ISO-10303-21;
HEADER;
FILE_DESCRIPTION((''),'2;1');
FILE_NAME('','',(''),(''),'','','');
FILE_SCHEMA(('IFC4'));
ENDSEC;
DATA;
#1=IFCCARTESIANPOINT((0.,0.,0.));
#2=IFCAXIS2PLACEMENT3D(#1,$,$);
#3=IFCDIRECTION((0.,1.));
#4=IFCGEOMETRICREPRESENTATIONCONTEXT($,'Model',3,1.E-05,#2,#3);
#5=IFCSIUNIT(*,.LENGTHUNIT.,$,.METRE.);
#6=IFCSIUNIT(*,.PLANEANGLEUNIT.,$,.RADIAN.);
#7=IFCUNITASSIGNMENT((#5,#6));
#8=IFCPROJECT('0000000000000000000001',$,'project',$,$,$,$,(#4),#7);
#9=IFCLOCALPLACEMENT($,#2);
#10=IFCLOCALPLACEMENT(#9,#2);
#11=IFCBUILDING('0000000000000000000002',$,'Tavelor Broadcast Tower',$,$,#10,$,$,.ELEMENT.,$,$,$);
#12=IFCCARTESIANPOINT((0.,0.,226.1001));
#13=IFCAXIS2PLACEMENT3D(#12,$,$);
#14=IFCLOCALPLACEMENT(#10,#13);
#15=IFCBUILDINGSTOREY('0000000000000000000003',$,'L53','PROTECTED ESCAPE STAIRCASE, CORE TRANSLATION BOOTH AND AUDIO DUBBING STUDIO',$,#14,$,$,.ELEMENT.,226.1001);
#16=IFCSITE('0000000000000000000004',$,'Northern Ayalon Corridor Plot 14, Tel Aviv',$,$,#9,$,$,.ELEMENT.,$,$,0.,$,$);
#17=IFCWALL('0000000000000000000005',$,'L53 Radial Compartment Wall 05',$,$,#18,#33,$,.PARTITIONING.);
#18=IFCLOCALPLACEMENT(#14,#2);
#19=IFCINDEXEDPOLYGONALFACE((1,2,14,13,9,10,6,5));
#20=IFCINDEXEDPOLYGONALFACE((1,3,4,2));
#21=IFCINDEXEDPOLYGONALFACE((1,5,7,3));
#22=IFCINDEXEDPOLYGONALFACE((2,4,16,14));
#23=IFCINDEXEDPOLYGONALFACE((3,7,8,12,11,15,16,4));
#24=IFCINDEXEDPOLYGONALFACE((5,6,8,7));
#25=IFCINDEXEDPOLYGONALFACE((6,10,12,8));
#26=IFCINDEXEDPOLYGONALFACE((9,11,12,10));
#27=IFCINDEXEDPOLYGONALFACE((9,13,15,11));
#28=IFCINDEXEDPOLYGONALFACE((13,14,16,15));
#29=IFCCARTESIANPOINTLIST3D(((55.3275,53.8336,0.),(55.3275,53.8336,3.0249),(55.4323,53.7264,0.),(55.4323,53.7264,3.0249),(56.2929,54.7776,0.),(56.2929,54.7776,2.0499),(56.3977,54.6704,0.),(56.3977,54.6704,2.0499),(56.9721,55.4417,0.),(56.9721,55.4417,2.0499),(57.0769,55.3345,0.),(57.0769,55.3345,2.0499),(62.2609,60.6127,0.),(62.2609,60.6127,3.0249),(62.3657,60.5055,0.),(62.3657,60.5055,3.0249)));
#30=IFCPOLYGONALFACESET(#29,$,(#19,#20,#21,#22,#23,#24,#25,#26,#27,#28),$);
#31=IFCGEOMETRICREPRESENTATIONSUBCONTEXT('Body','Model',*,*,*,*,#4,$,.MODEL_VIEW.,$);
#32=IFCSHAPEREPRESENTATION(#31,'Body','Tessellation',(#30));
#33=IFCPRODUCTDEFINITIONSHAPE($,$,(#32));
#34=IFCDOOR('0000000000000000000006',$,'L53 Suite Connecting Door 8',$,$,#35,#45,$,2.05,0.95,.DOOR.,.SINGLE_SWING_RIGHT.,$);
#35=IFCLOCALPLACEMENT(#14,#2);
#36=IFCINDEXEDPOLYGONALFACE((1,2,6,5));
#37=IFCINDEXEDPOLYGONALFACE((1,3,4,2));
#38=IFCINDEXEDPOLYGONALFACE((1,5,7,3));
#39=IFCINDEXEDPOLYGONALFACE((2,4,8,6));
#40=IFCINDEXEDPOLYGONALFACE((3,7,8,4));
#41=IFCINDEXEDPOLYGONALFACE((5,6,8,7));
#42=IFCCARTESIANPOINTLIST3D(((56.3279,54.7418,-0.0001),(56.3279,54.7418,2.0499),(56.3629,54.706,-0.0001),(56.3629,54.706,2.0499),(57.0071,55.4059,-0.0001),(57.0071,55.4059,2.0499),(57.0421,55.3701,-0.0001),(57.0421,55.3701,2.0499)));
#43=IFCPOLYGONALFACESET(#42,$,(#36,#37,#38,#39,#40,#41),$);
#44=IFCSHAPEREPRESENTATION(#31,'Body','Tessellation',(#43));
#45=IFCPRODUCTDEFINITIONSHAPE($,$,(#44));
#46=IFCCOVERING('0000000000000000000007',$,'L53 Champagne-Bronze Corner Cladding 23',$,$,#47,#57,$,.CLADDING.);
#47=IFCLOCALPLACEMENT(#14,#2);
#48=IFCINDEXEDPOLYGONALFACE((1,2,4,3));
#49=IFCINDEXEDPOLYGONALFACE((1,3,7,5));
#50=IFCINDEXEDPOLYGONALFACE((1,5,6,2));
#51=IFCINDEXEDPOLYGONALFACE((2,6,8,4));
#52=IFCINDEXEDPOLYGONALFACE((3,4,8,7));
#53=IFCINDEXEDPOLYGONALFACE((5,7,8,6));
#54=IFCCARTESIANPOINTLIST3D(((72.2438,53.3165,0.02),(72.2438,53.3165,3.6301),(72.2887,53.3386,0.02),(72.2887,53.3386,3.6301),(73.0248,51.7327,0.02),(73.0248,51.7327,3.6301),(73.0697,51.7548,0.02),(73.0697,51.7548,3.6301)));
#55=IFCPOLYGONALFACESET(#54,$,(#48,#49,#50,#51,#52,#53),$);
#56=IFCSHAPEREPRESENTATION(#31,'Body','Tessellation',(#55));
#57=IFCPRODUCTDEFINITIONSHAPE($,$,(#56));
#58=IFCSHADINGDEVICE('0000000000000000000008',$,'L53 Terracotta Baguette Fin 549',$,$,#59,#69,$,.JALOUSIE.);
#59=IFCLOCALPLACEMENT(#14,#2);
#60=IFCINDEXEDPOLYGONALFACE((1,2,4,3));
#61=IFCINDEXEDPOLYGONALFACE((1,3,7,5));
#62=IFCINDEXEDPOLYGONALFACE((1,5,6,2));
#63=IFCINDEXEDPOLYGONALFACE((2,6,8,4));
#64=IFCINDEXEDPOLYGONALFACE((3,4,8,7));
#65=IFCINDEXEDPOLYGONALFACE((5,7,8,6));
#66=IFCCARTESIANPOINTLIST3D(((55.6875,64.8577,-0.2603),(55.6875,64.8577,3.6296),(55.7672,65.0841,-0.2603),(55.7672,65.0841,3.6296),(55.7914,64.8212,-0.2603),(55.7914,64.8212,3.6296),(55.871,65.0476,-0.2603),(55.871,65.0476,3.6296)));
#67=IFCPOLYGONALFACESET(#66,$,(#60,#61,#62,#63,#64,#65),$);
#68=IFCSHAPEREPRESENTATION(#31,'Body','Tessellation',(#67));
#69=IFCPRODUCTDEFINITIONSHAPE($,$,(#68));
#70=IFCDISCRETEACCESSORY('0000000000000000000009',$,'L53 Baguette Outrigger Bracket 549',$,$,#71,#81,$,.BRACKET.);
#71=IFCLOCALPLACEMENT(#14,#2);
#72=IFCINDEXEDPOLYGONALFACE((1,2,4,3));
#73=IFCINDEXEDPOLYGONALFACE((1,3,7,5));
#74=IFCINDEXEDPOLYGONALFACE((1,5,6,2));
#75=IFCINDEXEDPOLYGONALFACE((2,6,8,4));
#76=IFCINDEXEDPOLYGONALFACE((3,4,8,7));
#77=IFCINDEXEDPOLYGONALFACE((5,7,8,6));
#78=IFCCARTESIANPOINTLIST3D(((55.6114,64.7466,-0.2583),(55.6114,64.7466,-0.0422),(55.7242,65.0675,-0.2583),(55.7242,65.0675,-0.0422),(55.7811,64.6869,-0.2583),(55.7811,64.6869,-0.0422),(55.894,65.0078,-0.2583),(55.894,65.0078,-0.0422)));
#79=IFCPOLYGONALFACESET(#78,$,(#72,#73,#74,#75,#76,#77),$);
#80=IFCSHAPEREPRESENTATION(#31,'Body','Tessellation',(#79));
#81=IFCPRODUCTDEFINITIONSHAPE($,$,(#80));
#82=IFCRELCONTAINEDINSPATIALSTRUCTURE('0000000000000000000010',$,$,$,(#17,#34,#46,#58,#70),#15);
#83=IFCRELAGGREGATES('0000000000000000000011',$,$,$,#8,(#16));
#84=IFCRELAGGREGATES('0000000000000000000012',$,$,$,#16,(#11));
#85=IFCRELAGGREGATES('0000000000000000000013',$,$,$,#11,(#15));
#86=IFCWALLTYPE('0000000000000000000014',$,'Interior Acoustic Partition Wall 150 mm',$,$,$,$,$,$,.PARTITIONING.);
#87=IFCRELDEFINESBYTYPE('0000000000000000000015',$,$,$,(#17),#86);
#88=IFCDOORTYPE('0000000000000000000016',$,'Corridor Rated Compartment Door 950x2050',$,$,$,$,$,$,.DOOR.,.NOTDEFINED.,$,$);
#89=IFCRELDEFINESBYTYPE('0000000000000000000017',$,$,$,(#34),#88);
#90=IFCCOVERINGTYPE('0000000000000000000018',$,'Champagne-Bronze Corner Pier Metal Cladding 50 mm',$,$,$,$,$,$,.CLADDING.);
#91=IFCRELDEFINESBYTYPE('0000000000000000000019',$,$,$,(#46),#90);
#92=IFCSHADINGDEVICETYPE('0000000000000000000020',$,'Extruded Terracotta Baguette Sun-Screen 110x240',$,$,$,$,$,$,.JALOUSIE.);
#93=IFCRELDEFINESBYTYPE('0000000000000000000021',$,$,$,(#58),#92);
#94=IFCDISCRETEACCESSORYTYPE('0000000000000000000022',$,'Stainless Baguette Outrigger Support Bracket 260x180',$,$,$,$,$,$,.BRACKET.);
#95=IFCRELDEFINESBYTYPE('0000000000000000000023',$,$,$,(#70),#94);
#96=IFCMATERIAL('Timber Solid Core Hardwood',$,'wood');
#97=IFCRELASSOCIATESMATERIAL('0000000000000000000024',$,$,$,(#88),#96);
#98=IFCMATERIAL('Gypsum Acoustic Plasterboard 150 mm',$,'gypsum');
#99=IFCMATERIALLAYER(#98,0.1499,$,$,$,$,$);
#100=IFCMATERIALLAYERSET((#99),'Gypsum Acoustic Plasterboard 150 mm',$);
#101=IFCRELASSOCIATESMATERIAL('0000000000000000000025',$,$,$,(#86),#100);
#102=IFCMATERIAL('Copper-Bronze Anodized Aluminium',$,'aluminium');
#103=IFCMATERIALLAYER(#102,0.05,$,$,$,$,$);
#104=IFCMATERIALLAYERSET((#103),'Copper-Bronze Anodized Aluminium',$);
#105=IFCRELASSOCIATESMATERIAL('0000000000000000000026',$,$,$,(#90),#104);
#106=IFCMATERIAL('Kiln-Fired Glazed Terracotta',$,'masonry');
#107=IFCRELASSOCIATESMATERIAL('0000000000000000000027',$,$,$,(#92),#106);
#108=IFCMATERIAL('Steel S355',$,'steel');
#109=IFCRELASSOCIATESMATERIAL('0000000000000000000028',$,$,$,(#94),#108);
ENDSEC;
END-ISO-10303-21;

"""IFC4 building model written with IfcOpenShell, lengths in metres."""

from ifc_helpers import new_model, si_unit, direction, frame, frame_2d, origin, origin_2d, place, context, subcontext, project, spatial, rectangle, extrude, source, transform, mapped, material, layer, layer_set, type_object, type_shapes, element, fill, save


model = new_model("IFC4")

# Units and contexts
model_context = context("Model", 3, precision=1e-05, world=origin(), true_north=direction((0.0, 1.0)))
body_context = subcontext(model_context, "Body", "Model", "MODEL_VIEW")
ifc_project = project(units=[si_unit("LENGTHUNIT", "METRE"), si_unit("PLANEANGLEUNIT", "RADIAN")], contexts=[model_context])

# Site, building, storey
site_placement = place(None, origin())
site = spatial("IfcSite", under=ifc_project, at=site_placement, Name="Northern Ayalon Corridor Plot 14, Tel Aviv", CompositionType="ELEMENT", RefElevation=0.0)
building_placement = place(site_placement, origin())
building = spatial("IfcBuilding", under=site, at=building_placement, Name="Tavelor Broadcast Tower", CompositionType="ELEMENT")
storey_placement = place(building_placement, frame((0.0, 0.0, 226.1001)))
storey = spatial("IfcBuildingStorey", under=building, at=storey_placement, Name="L53", Description="PROTECTED ESCAPE STAIRCASE, CORE TRANSLATION BOOTH AND AUDIO DUBBING STUDIO", CompositionType="ELEMENT", Elevation=226.1001)

# Shared definitions
ifc_material_1 = material(Name="Steel S355", Category="steel")

# Shared definitions
ifc_material_2 = material(Name="Timber Solid Core Hardwood", Category="wood")
door_type = type_object("IfcDoorType", Name="Corridor Rated Compartment Door 950x2050", OperationType="NOTDEFINED", PredefinedType="DOOR", material=ifc_material_2)

# Shared definitions
ifc_material_3 = material(Name="Gypsum Acoustic Plasterboard 150 mm", Category="gypsum")
ifc_layer_1 = layer(ifc_material_3, 0.1499)
ifc_layer_set_1 = layer_set([ifc_layer_1], Name="Gypsum Acoustic Plasterboard 150 mm")
wall_type_1 = type_object("IfcWallType", Name="Interior Acoustic Partition Wall 150 mm", PredefinedType="PARTITIONING", material=ifc_layer_set_1)

# Wall, opening, door
wall_1_placement = place(storey_placement, frame((55.3799, 53.78, 0.0), z_axis=(0.0, 0.0, 1.0), x_axis=(0.715018, 0.699106, 0.0)))
wall_1 = element("IfcWall", 1, at=wall_1_placement, inside=storey, type_object=wall_type_1, Name="L53 Radial Compartment Wall 05", PredefinedType="PARTITIONING", context=body_context, shape_type="SweptSolid", body=[
    extrude(rectangle(XDim=9.6968, YDim=0.1499, at=frame_2d((4.8484, 0.0))), origin(), (0.0, 0.0, 1.0), 3.0249),
])
opening_1_placement = place(wall_1_placement, frame((1.3501, 0.0, 0.0)))
opening_1 = element("IfcOpeningElement", 2, at=opening_1_placement, cuts=wall_1, PredefinedType="OPENING", context=body_context, shape_type="SweptSolid", body=[
    extrude(rectangle(XDim=0.95, YDim=2.05, at=frame_2d((0.4751, 1.0249))), frame((0.0, 0.085, 0.0), z_axis=(0.0, -1.0, 0.0), x_axis=(1.0, 0.0, 0.0)), (0.0, 0.0, 1.0), 0.1699),
])
door_1_placement = place(opening_1_placement, origin())
door_1 = element("IfcDoor", 3, at=door_1_placement, inside=storey, type_object=door_type, Name="L53 Suite Connecting Door 8", OperationType="SINGLE_SWING_RIGHT", OverallHeight=2.05, OverallWidth=0.95, PredefinedType="DOOR", context=body_context, shape_type="SweptSolid", body=[
    extrude(rectangle(XDim=0.95, YDim=2.05, at=frame_2d((0.4751, 1.0249))), frame((0.0, 0.0249, 0.0), z_axis=(0.0, -1.0, 0.0), x_axis=(1.0, 0.0, 0.0)), (0.0, 0.0, 1.0), 0.05),
])
fill(opening_1, door_1)

# Covering
ifc_material_4 = material(Name="Copper-Bronze Anodized Aluminium", Category="aluminium")
ifc_layer_2 = layer(ifc_material_4, 0.05)
ifc_layer_set_2 = layer_set([ifc_layer_2], Name="Copper-Bronze Anodized Aluminium")
covering_type = type_object("IfcCoveringType", Name="Champagne-Bronze Corner Pier Metal Cladding 50 mm", PredefinedType="CLADDING", material=ifc_layer_set_2)
covering_placement = place(storey_placement, frame((72.6567, 52.5356, 0.02), z_axis=(0.0, 0.0, 1.0), x_axis=(-0.442289, 0.896873, 0.0)))
element("IfcCovering", 4, at=covering_placement, inside=storey, type_object=covering_type, Name="L53 Champagne-Bronze Corner Cladding 23", PredefinedType="CLADDING", context=body_context, shape_type="SweptSolid", body=[
    extrude(rectangle(XDim=1.7659, YDim=0.05, at=origin_2d()), origin(), (0.0, 0.0, 1.0), 3.6101),
])

# Shading device
ifc_material_5 = material(Name="Kiln-Fired Glazed Terracotta", Category="masonry")
shading_device_type = type_object("IfcShadingDeviceType", Name="Extruded Terracotta Baguette Sun-Screen 110x240", PredefinedType="JALOUSIE", material=ifc_material_5)
shared_shape_1 = source(origin(), body_context, "Body", "SweptSolid", [
    extrude(rectangle(XDim=0.1101, YDim=0.24, at=origin_2d()), origin(), (0.0, 0.0, 1.0), 3.8899),
])
type_shapes(shading_device_type, [shared_shape_1])
shading_device_placement = place(storey_placement, frame((55.7793, 64.9526, -0.2603), z_axis=(0.0, 0.0, 1.0), x_axis=(-0.943339, 0.331832, 0.0)))
element("IfcShadingDevice", 5, at=shading_device_placement, inside=storey, type_object=shading_device_type, Name="L53 Terracotta Baguette Fin 549", PredefinedType="JALOUSIE", context=body_context, shape_type="MappedRepresentation", body=[
    mapped(shared_shape_1, transform((0.0, 0.0, 0.0), scale=1.0)),
])

# Discrete accessory
discrete_accessory_type = type_object("IfcDiscreteAccessoryType", Name="Stainless Baguette Outrigger Support Bracket 260x180", PredefinedType="BRACKET", material=ifc_material_1)
shared_shape_2 = source(origin(), body_context, "Body", "SweptSolid", [
    extrude(rectangle(XDim=0.1799, YDim=0.3401, at=origin_2d()), origin(), (0.0, 0.0, 1.0), 0.2161),
])
type_shapes(discrete_accessory_type, [shared_shape_2])
discrete_accessory_placement = place(storey_placement, frame((55.7527, 64.8772, -0.2583), z_axis=(0.0, 0.0, 1.0), x_axis=(-0.943339, 0.331832, 0.0)))
element("IfcDiscreteAccessory", 6, at=discrete_accessory_placement, inside=storey, type_object=discrete_accessory_type, Name="L53 Baguette Outrigger Bracket 549", PredefinedType="BRACKET", context=body_context, shape_type="MappedRepresentation", body=[
    mapped(shared_shape_2, transform((0.0, 0.0, 0.0), scale=1.0)),
])

save(model, "model.ifc")
